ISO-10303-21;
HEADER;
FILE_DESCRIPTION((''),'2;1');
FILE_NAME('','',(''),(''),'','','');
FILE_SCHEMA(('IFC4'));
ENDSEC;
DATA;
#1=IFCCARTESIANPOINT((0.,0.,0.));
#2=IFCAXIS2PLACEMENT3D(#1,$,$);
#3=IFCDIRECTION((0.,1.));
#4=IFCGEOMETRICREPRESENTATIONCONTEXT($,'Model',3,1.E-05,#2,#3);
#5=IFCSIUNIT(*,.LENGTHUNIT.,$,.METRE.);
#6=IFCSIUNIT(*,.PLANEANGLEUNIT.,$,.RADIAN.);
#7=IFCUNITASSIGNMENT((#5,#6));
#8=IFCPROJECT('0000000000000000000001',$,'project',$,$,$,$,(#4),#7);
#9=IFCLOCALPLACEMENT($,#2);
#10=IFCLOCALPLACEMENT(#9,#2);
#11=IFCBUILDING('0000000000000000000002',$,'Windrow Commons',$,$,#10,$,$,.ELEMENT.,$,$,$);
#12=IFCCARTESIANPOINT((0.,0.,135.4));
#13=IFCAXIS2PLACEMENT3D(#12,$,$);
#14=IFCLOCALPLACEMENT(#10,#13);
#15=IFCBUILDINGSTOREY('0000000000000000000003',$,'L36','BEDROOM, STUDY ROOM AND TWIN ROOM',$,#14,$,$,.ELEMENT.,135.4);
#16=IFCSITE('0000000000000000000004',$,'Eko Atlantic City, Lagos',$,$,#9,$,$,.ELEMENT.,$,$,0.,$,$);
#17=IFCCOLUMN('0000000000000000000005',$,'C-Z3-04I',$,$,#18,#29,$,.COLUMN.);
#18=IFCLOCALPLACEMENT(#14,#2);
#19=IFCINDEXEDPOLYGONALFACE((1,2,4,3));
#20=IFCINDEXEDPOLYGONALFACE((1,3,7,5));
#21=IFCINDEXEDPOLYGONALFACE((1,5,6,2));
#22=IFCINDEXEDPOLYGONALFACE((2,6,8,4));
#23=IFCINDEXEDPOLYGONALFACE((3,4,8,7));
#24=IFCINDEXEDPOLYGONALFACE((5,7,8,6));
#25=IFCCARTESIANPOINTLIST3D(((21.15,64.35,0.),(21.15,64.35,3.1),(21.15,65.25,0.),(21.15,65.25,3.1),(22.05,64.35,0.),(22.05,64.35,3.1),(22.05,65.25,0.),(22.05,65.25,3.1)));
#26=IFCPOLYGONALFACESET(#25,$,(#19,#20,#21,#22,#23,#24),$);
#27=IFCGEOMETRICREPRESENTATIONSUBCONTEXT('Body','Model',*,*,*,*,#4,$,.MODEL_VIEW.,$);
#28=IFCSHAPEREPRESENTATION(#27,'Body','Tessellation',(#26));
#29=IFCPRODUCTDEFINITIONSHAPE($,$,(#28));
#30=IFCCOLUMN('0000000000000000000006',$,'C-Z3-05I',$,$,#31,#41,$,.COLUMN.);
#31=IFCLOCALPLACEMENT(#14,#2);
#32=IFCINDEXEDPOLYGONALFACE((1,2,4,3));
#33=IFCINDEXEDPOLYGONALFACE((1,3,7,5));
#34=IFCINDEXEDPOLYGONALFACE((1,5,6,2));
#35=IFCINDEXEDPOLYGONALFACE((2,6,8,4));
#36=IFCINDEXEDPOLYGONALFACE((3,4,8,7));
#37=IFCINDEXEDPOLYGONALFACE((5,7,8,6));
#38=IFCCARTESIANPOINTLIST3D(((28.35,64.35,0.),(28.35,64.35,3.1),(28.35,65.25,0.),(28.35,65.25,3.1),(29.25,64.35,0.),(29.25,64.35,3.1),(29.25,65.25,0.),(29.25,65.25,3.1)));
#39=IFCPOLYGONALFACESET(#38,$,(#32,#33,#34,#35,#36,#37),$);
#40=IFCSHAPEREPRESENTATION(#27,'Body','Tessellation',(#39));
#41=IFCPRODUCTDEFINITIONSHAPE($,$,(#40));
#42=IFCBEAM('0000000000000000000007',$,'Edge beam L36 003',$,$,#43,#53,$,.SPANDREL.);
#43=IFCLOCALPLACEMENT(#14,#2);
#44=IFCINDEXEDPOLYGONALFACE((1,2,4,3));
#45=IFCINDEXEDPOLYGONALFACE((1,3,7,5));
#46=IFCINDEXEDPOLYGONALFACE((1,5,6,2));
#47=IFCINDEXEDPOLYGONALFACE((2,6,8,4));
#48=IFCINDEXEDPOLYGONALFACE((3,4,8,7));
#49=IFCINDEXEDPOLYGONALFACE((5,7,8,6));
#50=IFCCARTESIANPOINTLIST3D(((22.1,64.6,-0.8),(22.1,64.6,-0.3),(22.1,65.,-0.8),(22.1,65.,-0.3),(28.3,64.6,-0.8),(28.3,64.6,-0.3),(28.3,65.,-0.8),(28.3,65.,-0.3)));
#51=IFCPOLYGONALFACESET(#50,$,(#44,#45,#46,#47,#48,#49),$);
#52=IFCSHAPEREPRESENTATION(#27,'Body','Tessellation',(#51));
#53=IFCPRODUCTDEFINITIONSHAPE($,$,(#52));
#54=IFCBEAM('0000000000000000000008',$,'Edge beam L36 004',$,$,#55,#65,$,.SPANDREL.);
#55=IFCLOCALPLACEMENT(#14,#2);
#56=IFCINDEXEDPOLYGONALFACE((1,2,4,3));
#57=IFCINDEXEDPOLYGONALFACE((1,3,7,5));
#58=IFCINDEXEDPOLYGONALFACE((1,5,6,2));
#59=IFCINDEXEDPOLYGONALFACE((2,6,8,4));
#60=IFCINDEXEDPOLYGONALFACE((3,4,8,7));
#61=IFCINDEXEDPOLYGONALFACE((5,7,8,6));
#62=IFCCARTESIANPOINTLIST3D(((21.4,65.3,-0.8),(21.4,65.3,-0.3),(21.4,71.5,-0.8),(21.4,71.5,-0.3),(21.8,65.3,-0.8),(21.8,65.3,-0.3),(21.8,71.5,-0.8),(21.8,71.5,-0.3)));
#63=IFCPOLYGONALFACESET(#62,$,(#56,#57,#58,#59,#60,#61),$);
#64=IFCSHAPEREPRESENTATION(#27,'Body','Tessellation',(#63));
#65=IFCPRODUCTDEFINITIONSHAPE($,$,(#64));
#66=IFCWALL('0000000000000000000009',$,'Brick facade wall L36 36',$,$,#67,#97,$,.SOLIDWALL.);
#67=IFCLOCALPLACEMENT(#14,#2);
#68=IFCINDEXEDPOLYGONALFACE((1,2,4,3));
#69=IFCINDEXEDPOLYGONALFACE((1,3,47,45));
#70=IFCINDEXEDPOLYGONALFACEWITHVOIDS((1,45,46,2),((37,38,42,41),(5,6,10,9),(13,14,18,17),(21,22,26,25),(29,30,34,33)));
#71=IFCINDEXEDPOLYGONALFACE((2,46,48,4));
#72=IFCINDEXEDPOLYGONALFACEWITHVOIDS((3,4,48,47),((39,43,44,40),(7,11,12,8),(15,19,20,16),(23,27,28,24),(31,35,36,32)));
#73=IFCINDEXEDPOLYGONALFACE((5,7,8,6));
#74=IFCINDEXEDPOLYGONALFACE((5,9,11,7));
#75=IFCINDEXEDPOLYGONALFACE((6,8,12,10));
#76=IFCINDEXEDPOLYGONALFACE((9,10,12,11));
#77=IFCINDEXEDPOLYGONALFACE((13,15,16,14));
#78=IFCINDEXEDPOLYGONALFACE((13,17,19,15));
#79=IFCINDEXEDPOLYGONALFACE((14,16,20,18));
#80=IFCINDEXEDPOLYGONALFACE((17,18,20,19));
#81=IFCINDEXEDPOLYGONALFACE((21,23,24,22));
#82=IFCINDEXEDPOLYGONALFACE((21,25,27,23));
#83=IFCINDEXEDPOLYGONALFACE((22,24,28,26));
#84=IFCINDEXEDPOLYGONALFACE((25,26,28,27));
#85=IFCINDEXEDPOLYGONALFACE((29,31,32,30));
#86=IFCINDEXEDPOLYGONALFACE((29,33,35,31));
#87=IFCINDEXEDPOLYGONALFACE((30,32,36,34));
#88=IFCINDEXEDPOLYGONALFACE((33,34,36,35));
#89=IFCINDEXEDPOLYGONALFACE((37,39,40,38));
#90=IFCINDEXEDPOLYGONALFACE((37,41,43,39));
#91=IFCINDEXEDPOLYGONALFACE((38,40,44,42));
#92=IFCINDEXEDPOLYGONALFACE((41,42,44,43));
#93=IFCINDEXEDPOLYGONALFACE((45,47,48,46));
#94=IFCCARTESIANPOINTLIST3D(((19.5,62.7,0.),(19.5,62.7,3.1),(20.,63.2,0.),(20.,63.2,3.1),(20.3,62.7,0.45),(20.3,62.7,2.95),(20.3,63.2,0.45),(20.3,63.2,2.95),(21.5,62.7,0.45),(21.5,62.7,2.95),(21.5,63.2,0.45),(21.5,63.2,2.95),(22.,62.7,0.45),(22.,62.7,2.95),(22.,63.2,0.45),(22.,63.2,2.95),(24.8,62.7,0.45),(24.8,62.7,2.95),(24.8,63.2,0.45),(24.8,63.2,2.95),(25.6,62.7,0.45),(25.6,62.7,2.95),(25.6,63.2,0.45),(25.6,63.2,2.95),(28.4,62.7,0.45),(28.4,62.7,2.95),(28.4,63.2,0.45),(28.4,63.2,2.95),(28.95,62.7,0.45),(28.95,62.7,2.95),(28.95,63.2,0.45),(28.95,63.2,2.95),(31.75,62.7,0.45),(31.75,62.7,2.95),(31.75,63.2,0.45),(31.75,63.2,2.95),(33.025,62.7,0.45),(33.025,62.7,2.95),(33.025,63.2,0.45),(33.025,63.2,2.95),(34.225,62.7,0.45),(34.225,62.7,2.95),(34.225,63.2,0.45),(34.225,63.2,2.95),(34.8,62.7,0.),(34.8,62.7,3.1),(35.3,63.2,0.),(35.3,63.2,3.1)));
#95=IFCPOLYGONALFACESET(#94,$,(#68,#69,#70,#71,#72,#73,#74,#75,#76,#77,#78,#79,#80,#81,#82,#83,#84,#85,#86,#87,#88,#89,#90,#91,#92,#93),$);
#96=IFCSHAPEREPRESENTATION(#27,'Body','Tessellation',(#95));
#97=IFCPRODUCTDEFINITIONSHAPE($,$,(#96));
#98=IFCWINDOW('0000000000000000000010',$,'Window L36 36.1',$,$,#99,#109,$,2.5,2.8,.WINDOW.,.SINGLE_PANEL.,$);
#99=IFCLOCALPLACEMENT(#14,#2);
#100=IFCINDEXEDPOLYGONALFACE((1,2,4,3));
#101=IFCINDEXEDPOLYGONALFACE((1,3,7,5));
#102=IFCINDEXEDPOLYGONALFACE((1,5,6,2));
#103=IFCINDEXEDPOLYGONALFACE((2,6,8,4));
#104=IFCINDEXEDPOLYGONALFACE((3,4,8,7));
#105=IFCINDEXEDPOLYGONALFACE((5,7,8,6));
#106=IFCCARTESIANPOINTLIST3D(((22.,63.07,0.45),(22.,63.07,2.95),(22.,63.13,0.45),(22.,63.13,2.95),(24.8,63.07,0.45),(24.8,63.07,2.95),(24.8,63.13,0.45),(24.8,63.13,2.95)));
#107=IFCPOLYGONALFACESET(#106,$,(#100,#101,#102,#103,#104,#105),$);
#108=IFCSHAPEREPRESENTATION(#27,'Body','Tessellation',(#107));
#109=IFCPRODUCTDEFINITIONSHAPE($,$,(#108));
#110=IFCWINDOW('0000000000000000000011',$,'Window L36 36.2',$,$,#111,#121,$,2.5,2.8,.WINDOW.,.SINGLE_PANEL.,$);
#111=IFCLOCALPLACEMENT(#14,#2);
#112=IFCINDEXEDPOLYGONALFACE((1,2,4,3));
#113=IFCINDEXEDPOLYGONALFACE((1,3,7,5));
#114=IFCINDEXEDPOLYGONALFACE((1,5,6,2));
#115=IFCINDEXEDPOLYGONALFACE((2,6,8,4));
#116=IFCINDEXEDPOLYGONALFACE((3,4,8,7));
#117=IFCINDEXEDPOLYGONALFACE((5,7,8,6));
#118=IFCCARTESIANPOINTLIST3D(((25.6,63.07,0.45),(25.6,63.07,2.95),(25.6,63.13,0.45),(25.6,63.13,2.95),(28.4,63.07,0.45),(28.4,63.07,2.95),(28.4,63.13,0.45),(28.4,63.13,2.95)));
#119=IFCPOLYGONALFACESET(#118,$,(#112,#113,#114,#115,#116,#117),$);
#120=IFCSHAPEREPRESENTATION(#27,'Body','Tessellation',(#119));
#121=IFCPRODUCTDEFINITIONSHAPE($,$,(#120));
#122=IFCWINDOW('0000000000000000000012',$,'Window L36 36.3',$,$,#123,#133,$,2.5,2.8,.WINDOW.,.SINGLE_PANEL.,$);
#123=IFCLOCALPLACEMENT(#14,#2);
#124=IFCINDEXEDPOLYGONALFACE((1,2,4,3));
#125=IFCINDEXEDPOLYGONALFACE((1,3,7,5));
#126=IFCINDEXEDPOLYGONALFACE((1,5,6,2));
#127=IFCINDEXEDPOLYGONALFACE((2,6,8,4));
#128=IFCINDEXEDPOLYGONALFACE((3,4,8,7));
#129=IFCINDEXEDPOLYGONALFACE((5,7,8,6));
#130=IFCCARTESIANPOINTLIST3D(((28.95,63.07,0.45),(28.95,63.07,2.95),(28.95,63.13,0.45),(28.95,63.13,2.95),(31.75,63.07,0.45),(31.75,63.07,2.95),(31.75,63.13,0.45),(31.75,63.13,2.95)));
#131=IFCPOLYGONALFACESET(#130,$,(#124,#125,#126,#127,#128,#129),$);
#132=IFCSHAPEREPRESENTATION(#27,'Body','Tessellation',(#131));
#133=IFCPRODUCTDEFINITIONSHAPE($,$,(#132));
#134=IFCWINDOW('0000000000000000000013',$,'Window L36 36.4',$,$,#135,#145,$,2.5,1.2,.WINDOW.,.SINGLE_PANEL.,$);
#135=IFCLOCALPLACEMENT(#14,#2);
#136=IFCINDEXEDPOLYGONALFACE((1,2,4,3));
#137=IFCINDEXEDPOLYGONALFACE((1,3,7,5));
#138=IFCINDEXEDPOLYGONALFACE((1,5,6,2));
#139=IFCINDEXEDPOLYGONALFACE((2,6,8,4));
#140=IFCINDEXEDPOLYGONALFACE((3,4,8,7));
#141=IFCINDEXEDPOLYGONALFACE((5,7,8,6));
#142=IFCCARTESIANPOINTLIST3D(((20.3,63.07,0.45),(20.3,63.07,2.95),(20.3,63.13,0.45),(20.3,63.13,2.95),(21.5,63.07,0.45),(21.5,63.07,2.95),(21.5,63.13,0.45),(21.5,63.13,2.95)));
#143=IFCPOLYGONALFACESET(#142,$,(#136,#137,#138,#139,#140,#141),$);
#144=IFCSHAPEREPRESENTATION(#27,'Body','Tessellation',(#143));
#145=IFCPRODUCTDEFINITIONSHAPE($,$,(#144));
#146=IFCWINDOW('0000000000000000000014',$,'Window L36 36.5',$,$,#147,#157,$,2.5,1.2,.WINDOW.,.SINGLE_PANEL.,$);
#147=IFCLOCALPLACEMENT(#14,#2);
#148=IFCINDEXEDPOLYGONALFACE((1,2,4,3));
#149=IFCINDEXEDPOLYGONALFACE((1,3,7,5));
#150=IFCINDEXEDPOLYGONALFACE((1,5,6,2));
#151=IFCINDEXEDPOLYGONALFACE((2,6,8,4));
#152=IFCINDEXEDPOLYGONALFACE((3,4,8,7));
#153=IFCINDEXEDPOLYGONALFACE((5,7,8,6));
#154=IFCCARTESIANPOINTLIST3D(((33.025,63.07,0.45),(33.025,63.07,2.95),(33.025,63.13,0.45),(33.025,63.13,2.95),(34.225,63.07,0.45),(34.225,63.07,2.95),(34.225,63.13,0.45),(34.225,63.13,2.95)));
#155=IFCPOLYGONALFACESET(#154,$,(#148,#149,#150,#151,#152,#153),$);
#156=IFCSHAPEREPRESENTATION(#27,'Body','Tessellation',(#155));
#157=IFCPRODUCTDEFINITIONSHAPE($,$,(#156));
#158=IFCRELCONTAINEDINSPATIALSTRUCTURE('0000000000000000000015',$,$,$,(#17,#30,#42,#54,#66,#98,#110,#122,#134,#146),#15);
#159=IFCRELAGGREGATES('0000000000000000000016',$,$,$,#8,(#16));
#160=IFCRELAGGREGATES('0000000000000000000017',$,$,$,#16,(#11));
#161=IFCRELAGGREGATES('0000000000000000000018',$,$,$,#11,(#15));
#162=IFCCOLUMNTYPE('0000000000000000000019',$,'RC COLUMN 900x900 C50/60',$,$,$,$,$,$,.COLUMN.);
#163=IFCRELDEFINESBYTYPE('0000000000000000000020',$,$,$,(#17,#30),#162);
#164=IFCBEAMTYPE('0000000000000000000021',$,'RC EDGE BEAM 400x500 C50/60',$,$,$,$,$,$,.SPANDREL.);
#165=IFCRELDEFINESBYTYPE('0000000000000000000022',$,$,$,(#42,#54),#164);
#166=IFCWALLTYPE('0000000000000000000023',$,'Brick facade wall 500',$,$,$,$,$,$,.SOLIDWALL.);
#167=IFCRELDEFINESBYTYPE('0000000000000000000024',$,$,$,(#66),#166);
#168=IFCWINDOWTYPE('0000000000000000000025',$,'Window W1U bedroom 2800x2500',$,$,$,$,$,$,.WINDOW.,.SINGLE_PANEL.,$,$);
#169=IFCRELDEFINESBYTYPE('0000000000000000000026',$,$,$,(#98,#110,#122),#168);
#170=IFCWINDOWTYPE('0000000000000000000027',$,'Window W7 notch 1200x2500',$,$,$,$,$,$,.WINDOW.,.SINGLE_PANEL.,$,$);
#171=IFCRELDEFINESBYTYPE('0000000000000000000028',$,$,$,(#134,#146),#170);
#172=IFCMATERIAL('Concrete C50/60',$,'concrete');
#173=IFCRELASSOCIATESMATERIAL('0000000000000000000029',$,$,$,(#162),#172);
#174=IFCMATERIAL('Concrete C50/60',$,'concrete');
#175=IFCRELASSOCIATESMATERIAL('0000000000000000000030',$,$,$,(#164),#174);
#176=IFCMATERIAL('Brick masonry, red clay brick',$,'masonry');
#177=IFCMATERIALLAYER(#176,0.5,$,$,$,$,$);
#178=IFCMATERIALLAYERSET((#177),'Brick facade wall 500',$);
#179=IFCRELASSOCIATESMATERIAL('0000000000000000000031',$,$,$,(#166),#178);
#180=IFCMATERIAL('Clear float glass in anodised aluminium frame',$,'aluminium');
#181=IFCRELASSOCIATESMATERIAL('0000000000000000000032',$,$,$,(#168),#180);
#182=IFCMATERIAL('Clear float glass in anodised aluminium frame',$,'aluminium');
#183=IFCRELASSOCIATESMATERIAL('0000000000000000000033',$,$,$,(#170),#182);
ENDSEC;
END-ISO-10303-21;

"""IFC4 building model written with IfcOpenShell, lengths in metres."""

from ifc_helpers import new_model, si_unit, direction, frame, frame_2d, origin, origin_2d, place, context, subcontext, project, spatial, polyline, rectangle, outline, extrude, material, layer, layer_set, material_profile, profile_set, type_object, element, fill, save


model = new_model("IFC4")

# Units and contexts
model_context = context("Model", 3, precision=1e-05, world=origin(), true_north=direction((0.0, 1.0)))
body_context = subcontext(model_context, "Body", "Model", "MODEL_VIEW")
ifc_project = project(units=[si_unit("LENGTHUNIT", "METRE"), si_unit("PLANEANGLEUNIT", "RADIAN")], contexts=[model_context])

# Site, building, storey
site_placement = place(None, origin())
site = spatial("IfcSite", under=ifc_project, at=site_placement, Name="Eko Atlantic City, Lagos", CompositionType="ELEMENT", RefElevation=0.0)
building_placement = place(site_placement, origin())
building = spatial("IfcBuilding", under=site, at=building_placement, Name="Windrow Commons", CompositionType="ELEMENT")
storey_placement = place(building_placement, frame((0.0, 0.0, 135.4)))
storey = spatial("IfcBuildingStorey", under=building, at=storey_placement, Name="L36", Description="BEDROOM, STUDY ROOM AND TWIN ROOM", CompositionType="ELEMENT", Elevation=135.4)

# Columns
ifc_material_1 = material(Name="Concrete C50/60", Category="concrete")
ifc_material_profile_1 = material_profile(ifc_material_1, rectangle(XDim=0.9, YDim=0.9, at=origin_2d()))
ifc_profile_set_1 = profile_set([ifc_material_profile_1], Name="Concrete C50/60")
column_type = type_object("IfcColumnType", Name="RC COLUMN 900x900 C50/60", PredefinedType="COLUMN", material=ifc_profile_set_1)
for number, where, z_axis, x_axis, name in (
    (1, (21.6, 64.8, 0.0), (0.0, 0.0, 1.0), (1.0, 0.0, 0.0), "C-Z3-04I"),
    (2, (28.8, 64.8, 0.0), (0.0, 0.0, 1.0), (1.0, 0.0, 0.0), "C-Z3-05I"),
):
    element("IfcColumn", number, at=place(storey_placement, frame(where, z_axis=z_axis, x_axis=x_axis)), inside=storey, type_object=column_type, Name=name, PredefinedType="COLUMN", context=body_context, shape_type="SweptSolid", body=[
        extrude(rectangle(XDim=0.9, YDim=0.9, at=origin_2d()), origin(), (0.0, 0.0, 1.0), 3.1),
    ])

# Beams
ifc_material_2 = material(Name="Concrete C50/60", Category="concrete")
ifc_material_profile_2 = material_profile(ifc_material_2, rectangle(XDim=0.4, YDim=0.5, at=origin_2d()))
ifc_profile_set_2 = profile_set([ifc_material_profile_2], Name="Concrete C50/60")
beam_type = type_object("IfcBeamType", Name="RC EDGE BEAM 400x500 C50/60", PredefinedType="SPANDREL", material=ifc_profile_set_2)
for number, where, z_axis, x_axis, name in (
    (3, (28.3, 64.8, -0.55), (-1.0, 0.0, 0.0), (0.0, -1.0, 0.0), "Edge beam L36 003"),
    (4, (21.6, 65.3, -0.55), (0.0, 1.0, 0.0), (-1.0, 0.0, 0.0), "Edge beam L36 004"),
):
    element("IfcBeam", number, at=place(storey_placement, frame(where, z_axis=z_axis, x_axis=x_axis)), inside=storey, type_object=beam_type, Name=name, PredefinedType="SPANDREL", context=body_context, shape_type="SweptSolid", body=[
        extrude(rectangle(XDim=0.4, YDim=0.5, at=origin_2d()), origin(), (0.0, 0.0, 1.0), 6.2),
    ])

# Wall, openings, windows
ifc_material_3 = material(Name="Brick masonry, red clay brick", Category="masonry")
ifc_layer_1 = layer(ifc_material_3, 0.5)
ifc_layer_set_1 = layer_set([ifc_layer_1], Name="Brick facade wall 500")
wall_type_1 = type_object("IfcWallType", Name="Brick facade wall 500", PredefinedType="SOLIDWALL", material=ifc_layer_set_1)
wall_1_placement = place(storey_placement, frame((19.75, 62.95, 0.0), z_axis=(0.0, 0.0, 1.0), x_axis=(1.0, 0.0, 0.0)))
wall_1 = element("IfcWall", 5, at=wall_1_placement, inside=storey, type_object=wall_type_1, Name="Brick facade wall L36 36", PredefinedType="SOLIDWALL", context=body_context, shape_type="SweptSolid", body=[
    extrude(outline(polyline([(-0.25, -0.25), (15.05, -0.25), (15.55, 0.25), (0.25, 0.25), (-0.25, -0.25)])), origin(), (0.0, 0.0, 1.0), 3.1),
])
opening_1_placement = place(wall_1_placement, frame((2.25, 0.0, 0.45)))
opening_1 = element("IfcOpeningElement", 6, at=opening_1_placement, cuts=wall_1, PredefinedType="OPENING", context=body_context, shape_type="SweptSolid", body=[
    extrude(rectangle(XDim=2.8, YDim=2.5, at=frame_2d((1.4, 1.25))), frame((0.0, 0.26, 0.0), z_axis=(0.0, -1.0, 0.0), x_axis=(1.0, 0.0, 0.0)), (0.0, 0.0, 1.0), 0.52),
])
opening_2_placement = place(wall_1_placement, frame((5.85, 0.0, 0.45)))
opening_2 = element("IfcOpeningElement", 7, at=opening_2_placement, cuts=wall_1, PredefinedType="OPENING", context=body_context, shape_type="SweptSolid", body=[
    extrude(rectangle(XDim=2.8, YDim=2.5, at=frame_2d((1.4, 1.25))), frame((0.0, 0.26, 0.0), z_axis=(0.0, -1.0, 0.0), x_axis=(1.0, 0.0, 0.0)), (0.0, 0.0, 1.0), 0.52),
])
opening_3_placement = place(wall_1_placement, frame((9.2, 0.0, 0.45)))
opening_3 = element("IfcOpeningElement", 8, at=opening_3_placement, cuts=wall_1, PredefinedType="OPENING", context=body_context, shape_type="SweptSolid", body=[
    extrude(rectangle(XDim=2.8, YDim=2.5, at=frame_2d((1.4, 1.25))), frame((0.0, 0.26, 0.0), z_axis=(0.0, -1.0, 0.0), x_axis=(1.0, 0.0, 0.0)), (0.0, 0.0, 1.0), 0.52),
])
opening_4_placement = place(wall_1_placement, frame((0.55, 0.0, 0.45)))
opening_4 = element("IfcOpeningElement", 9, at=opening_4_placement, cuts=wall_1, PredefinedType="OPENING", context=body_context, shape_type="SweptSolid", body=[
    extrude(rectangle(XDim=1.2, YDim=2.5, at=frame_2d((0.6, 1.25))), frame((0.0, 0.26, 0.0), z_axis=(0.0, -1.0, 0.0), x_axis=(1.0, 0.0, 0.0)), (0.0, 0.0, 1.0), 0.52),
])
opening_5_placement = place(wall_1_placement, frame((13.275, 0.0, 0.45)))
opening_5 = element("IfcOpeningElement", 10, at=opening_5_placement, cuts=wall_1, PredefinedType="OPENING", context=body_context, shape_type="SweptSolid", body=[
    extrude(rectangle(XDim=1.2, YDim=2.5, at=frame_2d((0.6, 1.25))), frame((0.0, 0.26, 0.0), z_axis=(0.0, -1.0, 0.0), x_axis=(1.0, 0.0, 0.0)), (0.0, 0.0, 1.0), 0.52),
])
ifc_material_4 = material(Name="Clear float glass in anodised aluminium frame", Category="aluminium")
window_type_1 = type_object("IfcWindowType", Name="Window W1U bedroom 2800x2500", PartitioningType="SINGLE_PANEL", PredefinedType="WINDOW", material=ifc_material_4)
window_1_placement = place(opening_1_placement, origin())
window_1 = element("IfcWindow", 11, at=window_1_placement, inside=storey, type_object=window_type_1, Name="Window L36 36.1", OverallHeight=2.5, OverallWidth=2.8, PartitioningType="SINGLE_PANEL", PredefinedType="WINDOW", context=body_context, shape_type="SweptSolid", body=[
    extrude(rectangle(XDim=2.8, YDim=2.5, at=frame_2d((1.4, 1.25))), frame((0.0, 0.18, 0.0), z_axis=(0.0, -1.0, 0.0), x_axis=(1.0, 0.0, 0.0)), (0.0, 0.0, 1.0), 0.06),
])
fill(opening_1, window_1)
window_2_placement = place(opening_2_placement, origin())
window_2 = element("IfcWindow", 12, at=window_2_placement, inside=storey, type_object=window_type_1, Name="Window L36 36.2", OverallHeight=2.5, OverallWidth=2.8, PartitioningType="SINGLE_PANEL", PredefinedType="WINDOW", context=body_context, shape_type="SweptSolid", body=[
    extrude(rectangle(XDim=2.8, YDim=2.5, at=frame_2d((1.4, 1.25))), frame((0.0, 0.18, 0.0), z_axis=(0.0, -1.0, 0.0), x_axis=(1.0, 0.0, 0.0)), (0.0, 0.0, 1.0), 0.06),
])
fill(opening_2, window_2)
window_3_placement = place(opening_3_placement, origin())
window_3 = element("IfcWindow", 13, at=window_3_placement, inside=storey, type_object=window_type_1, Name="Window L36 36.3", OverallHeight=2.5, OverallWidth=2.8, PartitioningType="SINGLE_PANEL", PredefinedType="WINDOW", context=body_context, shape_type="SweptSolid", body=[
    extrude(rectangle(XDim=2.8, YDim=2.5, at=frame_2d((1.4, 1.25))), frame((0.0, 0.18, 0.0), z_axis=(0.0, -1.0, 0.0), x_axis=(1.0, 0.0, 0.0)), (0.0, 0.0, 1.0), 0.06),
])
fill(opening_3, window_3)
ifc_material_5 = material(Name="Clear float glass in anodised aluminium frame", Category="aluminium")
window_type_2 = type_object("IfcWindowType", Name="Window W7 notch 1200x2500", PartitioningType="SINGLE_PANEL", PredefinedType="WINDOW", material=ifc_material_5)
window_4_placement = place(opening_4_placement, origin())
window_4 = element("IfcWindow", 14, at=window_4_placement, inside=storey, type_object=window_type_2, Name="Window L36 36.4", OverallHeight=2.5, OverallWidth=1.2, PartitioningType="SINGLE_PANEL", PredefinedType="WINDOW", context=body_context, shape_type="SweptSolid", body=[
    extrude(rectangle(XDim=1.2, YDim=2.5, at=frame_2d((0.6, 1.25))), frame((0.0, 0.18, 0.0), z_axis=(0.0, -1.0, 0.0), x_axis=(1.0, 0.0, 0.0)), (0.0, 0.0, 1.0), 0.06),
])
fill(opening_4, window_4)
window_5_placement = place(opening_5_placement, origin())
window_5 = element("IfcWindow", 15, at=window_5_placement, inside=storey, type_object=window_type_2, Name="Window L36 36.5", OverallHeight=2.5, OverallWidth=1.2, PartitioningType="SINGLE_PANEL", PredefinedType="WINDOW", context=body_context, shape_type="SweptSolid", body=[
    extrude(rectangle(XDim=1.2, YDim=2.5, at=frame_2d((0.6, 1.25))), frame((0.0, 0.18, 0.0), z_axis=(0.0, -1.0, 0.0), x_axis=(1.0, 0.0, 0.0)), (0.0, 0.0, 1.0), 0.06),
])
fill(opening_5, window_5)

save(model, "model.ifc")
